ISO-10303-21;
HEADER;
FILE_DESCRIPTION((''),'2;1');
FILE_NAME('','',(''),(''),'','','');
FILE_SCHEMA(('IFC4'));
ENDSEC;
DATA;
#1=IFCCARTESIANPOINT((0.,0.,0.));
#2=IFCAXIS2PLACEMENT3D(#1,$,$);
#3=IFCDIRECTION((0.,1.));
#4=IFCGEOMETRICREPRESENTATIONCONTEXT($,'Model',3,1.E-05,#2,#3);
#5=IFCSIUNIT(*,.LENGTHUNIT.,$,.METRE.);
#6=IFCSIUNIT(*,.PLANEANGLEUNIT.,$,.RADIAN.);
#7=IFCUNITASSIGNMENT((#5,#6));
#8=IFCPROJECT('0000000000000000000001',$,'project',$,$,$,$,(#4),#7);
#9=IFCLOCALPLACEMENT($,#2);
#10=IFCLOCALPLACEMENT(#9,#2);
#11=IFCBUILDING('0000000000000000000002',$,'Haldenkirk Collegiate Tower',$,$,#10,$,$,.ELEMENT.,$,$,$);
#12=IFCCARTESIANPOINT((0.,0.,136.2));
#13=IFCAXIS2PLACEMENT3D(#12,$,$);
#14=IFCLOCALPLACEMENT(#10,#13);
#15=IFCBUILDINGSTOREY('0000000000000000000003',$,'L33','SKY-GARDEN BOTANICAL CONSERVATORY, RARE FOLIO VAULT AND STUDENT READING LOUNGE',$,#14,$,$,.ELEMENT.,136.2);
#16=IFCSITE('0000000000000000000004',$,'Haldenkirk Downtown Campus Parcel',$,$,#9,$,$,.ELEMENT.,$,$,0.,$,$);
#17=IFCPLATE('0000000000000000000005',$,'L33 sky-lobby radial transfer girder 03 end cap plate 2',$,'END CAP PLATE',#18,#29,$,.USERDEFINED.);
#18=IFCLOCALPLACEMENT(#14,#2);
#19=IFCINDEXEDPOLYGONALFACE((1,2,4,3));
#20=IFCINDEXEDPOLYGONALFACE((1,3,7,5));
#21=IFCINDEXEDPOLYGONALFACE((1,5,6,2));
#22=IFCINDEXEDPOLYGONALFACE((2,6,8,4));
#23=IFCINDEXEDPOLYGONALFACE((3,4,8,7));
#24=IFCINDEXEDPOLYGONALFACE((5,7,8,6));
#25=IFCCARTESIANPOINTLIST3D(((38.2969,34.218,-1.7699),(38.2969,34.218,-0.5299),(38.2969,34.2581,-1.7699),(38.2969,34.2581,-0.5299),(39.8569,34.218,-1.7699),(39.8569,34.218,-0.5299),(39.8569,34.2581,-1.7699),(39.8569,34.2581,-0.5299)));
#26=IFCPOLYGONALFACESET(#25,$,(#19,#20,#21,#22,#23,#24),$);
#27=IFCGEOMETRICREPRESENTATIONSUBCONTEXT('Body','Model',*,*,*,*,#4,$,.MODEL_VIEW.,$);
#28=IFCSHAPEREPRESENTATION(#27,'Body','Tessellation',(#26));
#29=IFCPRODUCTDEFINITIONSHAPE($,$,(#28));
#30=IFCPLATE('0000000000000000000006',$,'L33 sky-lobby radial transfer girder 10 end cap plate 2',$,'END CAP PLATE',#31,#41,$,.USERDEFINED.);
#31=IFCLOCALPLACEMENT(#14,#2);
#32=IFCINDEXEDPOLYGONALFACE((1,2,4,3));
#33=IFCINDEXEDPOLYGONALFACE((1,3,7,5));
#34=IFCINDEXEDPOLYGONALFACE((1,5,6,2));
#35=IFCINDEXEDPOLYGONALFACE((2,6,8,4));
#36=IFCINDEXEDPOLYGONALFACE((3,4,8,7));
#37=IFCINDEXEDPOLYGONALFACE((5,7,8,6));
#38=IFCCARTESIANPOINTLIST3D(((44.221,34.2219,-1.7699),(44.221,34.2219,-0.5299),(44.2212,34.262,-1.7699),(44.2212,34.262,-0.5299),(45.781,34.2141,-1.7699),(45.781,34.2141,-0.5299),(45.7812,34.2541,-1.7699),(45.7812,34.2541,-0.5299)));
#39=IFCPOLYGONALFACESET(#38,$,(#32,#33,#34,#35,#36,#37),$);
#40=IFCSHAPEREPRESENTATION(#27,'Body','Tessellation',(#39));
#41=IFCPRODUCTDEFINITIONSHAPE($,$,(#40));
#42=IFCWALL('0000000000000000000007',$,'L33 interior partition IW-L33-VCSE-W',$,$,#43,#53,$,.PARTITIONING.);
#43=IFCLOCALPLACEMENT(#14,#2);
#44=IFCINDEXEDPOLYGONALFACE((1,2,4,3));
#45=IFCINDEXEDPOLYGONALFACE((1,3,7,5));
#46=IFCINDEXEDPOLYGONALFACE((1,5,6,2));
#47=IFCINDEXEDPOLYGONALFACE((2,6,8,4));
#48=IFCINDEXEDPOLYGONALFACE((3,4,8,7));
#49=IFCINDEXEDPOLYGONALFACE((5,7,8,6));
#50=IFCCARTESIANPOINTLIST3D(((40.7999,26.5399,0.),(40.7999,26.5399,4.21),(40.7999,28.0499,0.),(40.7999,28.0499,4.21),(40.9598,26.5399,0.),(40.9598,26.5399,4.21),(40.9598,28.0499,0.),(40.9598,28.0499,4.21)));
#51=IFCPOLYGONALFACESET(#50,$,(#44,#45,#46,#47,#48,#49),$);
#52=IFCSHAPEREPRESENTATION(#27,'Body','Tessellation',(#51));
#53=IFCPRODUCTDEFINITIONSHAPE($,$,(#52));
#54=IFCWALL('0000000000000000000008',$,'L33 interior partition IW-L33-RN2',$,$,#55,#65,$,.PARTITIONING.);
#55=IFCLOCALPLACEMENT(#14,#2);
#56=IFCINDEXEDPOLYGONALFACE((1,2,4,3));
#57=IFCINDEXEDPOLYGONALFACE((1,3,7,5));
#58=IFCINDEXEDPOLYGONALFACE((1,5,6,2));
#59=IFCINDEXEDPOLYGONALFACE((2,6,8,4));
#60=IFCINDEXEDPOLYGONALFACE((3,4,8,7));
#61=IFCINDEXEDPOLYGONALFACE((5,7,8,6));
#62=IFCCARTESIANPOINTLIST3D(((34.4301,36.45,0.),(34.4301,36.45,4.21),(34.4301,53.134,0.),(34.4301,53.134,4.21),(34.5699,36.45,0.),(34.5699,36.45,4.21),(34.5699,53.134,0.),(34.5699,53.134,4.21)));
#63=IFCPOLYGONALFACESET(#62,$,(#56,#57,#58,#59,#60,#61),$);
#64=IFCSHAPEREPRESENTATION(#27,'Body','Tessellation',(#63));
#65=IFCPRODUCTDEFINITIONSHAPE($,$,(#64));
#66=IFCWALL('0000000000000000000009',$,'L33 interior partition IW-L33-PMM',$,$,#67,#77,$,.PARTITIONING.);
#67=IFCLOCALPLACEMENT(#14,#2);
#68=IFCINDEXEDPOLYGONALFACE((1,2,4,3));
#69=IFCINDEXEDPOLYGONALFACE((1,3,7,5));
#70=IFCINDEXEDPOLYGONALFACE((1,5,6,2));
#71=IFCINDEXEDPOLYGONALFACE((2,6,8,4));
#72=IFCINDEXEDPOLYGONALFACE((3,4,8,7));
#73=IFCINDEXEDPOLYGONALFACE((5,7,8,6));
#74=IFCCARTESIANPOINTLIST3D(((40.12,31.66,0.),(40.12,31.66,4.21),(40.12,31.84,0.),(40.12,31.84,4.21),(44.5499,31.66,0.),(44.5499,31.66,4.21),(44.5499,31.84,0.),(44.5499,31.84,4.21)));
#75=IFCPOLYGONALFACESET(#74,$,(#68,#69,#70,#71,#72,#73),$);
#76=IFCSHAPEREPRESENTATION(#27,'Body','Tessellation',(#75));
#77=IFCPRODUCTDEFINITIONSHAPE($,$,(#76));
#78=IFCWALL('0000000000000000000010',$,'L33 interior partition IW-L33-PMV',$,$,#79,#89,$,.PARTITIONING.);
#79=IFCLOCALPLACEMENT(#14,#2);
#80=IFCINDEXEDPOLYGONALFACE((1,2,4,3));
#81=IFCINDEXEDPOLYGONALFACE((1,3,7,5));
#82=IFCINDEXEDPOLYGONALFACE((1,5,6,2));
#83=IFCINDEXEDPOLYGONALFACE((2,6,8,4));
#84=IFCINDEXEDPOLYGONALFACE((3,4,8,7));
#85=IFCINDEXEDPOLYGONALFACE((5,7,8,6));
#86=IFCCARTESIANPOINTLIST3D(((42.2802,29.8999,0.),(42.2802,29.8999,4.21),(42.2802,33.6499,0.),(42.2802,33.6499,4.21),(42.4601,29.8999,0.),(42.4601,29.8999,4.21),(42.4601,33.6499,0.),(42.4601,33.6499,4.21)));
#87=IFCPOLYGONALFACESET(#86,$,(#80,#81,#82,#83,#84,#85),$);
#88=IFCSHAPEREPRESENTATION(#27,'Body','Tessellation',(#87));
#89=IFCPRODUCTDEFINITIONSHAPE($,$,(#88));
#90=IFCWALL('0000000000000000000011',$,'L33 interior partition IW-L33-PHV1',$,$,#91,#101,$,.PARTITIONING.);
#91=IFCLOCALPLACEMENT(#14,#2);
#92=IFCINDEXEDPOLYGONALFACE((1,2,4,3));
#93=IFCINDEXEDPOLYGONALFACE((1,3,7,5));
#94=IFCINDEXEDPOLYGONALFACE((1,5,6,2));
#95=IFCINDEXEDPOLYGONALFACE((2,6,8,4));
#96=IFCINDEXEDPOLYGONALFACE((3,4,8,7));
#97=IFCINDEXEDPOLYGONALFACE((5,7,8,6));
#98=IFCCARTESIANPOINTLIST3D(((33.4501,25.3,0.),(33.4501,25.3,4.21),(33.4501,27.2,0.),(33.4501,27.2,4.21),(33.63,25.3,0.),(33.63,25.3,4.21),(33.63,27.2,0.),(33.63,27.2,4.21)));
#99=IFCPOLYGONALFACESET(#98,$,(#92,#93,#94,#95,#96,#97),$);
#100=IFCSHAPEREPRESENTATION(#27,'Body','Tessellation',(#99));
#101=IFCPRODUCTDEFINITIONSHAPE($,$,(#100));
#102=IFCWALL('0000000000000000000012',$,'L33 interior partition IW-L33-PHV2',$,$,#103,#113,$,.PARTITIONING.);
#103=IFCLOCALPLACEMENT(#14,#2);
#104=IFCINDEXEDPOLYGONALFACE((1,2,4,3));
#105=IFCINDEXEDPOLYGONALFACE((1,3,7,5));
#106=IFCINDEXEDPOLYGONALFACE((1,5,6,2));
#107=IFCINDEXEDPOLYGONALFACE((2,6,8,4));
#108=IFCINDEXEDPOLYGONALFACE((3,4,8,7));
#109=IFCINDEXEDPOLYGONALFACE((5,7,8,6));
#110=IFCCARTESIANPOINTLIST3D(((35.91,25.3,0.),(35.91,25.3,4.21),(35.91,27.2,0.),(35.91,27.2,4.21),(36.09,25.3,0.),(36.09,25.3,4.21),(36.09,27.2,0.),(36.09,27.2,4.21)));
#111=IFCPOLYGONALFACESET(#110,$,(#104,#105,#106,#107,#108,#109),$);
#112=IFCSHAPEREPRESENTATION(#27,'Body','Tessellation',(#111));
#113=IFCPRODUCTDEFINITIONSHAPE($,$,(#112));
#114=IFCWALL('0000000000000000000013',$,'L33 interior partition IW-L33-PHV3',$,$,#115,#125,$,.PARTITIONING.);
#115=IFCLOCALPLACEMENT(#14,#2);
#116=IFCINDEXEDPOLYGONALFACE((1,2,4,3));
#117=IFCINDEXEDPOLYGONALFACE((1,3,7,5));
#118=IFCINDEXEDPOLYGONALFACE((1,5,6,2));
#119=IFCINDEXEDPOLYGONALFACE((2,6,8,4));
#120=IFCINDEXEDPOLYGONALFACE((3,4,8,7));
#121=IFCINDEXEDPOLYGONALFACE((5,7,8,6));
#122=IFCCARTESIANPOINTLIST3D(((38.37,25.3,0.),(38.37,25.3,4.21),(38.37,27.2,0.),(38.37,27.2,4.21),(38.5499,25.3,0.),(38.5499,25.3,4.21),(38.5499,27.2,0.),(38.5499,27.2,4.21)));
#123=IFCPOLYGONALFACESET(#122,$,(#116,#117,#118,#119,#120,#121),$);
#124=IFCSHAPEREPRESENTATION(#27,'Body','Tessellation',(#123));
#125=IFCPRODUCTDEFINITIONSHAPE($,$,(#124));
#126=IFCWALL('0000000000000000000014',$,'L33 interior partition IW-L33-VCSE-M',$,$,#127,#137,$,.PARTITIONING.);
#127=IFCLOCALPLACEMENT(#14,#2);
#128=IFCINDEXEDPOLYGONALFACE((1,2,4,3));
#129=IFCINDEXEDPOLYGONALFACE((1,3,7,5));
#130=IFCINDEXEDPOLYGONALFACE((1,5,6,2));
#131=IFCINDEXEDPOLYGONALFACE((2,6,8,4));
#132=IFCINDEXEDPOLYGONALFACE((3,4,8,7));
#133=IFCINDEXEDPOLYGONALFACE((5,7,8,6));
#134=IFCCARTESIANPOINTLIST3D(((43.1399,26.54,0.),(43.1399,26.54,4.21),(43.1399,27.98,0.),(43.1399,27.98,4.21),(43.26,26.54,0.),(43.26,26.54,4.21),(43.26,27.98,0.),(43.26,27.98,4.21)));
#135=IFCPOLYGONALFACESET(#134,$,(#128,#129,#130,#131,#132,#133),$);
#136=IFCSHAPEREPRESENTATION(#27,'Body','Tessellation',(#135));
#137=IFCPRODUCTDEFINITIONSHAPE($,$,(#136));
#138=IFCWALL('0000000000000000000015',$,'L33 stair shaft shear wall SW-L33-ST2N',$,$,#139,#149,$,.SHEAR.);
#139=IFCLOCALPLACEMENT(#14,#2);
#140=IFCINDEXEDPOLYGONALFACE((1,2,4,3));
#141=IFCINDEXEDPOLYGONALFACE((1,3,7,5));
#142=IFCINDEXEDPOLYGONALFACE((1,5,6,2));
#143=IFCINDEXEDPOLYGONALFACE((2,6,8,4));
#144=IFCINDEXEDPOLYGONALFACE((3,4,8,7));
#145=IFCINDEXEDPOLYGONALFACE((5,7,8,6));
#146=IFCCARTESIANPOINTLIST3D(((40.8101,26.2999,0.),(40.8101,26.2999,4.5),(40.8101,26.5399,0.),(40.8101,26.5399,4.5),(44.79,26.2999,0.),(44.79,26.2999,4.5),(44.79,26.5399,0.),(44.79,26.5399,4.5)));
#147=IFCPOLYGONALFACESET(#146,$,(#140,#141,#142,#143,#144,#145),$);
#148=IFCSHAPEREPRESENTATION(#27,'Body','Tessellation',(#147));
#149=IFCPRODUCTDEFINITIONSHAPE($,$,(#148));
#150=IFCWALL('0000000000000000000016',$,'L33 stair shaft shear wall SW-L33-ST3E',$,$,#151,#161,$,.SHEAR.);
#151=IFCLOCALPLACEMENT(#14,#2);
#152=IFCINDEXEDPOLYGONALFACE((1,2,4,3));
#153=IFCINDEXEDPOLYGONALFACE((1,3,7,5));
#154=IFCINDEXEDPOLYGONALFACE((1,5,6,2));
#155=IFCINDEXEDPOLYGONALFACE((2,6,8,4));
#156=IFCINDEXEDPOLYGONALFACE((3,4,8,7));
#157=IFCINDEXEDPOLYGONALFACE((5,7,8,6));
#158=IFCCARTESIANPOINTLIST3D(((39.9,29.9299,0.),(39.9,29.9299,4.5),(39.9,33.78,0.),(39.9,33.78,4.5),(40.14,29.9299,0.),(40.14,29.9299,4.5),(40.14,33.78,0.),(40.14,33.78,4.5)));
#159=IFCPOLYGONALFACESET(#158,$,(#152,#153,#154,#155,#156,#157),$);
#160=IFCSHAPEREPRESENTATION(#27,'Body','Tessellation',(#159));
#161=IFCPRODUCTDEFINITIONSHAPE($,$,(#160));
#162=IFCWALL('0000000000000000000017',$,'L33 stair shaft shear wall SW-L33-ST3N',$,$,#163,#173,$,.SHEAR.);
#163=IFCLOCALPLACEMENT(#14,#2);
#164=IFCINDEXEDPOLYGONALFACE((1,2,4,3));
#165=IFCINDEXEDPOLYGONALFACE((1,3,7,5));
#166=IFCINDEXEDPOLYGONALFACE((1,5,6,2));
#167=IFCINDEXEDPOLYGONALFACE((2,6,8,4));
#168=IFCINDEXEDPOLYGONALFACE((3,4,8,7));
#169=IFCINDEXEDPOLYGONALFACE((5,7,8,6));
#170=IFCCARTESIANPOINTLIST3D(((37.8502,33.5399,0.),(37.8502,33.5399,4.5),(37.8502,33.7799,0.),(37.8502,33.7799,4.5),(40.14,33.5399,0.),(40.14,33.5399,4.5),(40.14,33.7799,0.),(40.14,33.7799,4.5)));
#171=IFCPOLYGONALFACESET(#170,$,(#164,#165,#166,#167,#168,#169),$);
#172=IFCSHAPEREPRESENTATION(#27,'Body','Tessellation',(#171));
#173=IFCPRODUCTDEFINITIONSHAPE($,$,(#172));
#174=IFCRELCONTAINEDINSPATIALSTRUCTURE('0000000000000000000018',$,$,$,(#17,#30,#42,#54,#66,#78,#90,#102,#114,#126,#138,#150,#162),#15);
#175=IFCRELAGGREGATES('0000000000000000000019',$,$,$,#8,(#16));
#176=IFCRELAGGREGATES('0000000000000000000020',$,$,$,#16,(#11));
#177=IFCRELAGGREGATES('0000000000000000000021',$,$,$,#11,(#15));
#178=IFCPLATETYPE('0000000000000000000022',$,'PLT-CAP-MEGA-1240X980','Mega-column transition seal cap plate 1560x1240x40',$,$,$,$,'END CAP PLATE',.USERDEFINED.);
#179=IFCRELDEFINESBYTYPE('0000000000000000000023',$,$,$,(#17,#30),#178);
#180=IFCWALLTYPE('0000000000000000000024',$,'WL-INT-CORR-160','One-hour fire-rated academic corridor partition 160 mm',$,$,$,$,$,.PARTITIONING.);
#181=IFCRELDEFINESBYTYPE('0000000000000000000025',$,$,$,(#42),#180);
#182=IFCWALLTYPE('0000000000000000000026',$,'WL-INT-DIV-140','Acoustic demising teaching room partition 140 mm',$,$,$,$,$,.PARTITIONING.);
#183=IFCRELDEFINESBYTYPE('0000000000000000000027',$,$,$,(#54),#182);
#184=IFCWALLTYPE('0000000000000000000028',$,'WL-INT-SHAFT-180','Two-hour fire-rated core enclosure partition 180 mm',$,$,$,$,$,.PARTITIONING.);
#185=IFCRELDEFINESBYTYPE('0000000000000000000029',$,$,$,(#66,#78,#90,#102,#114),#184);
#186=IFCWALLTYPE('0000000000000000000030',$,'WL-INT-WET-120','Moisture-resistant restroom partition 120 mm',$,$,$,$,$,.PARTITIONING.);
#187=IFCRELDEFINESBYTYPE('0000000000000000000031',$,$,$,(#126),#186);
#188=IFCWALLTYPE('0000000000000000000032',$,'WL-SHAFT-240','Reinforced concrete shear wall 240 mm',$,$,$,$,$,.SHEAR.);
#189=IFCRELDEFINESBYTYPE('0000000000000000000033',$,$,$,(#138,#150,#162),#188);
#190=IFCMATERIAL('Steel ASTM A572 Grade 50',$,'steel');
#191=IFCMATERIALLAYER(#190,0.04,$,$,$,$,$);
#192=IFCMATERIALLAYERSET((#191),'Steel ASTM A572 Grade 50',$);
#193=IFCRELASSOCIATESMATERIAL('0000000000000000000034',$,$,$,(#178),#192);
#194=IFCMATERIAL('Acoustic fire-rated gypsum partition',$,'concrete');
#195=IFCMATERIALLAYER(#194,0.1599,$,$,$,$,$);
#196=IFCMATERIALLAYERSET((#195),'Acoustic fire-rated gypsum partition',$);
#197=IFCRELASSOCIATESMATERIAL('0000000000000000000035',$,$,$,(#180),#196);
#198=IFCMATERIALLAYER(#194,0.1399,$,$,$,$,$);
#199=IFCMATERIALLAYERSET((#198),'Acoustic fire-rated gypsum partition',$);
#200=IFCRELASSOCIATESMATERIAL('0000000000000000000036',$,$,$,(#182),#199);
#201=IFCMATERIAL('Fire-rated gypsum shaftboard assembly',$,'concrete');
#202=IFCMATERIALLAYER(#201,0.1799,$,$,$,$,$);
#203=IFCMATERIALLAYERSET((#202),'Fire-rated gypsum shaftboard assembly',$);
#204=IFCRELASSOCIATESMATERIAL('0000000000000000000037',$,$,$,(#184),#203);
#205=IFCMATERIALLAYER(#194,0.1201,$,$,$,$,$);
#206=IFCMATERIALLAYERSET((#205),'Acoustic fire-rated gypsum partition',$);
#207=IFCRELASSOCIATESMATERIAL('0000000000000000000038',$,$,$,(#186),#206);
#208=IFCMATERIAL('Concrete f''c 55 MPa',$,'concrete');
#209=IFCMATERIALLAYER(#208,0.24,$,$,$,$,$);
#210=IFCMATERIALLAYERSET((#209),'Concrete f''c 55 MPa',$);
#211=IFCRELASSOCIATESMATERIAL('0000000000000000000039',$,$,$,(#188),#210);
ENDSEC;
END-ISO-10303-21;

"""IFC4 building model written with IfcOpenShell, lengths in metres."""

from ifc_helpers import new_model, si_unit, direction, frame, frame_2d, origin, origin_2d, place, context, subcontext, project, spatial, rectangle, extrude, source, transform, mapped, material, layer, layer_set, type_object, element, save


model = new_model("IFC4")

# Units and contexts
model_context = context("Model", 3, precision=1e-05, world=origin(), true_north=direction((0.0, 1.0)))
body_context = subcontext(model_context, "Body", "Model", "MODEL_VIEW")
ifc_project = project(units=[si_unit("LENGTHUNIT", "METRE"), si_unit("PLANEANGLEUNIT", "RADIAN")], contexts=[model_context])

# Site, building, storey
site_placement = place(None, origin())
site = spatial("IfcSite", under=ifc_project, at=site_placement, Name="Haldenkirk Downtown Campus Parcel", CompositionType="ELEMENT", RefElevation=0.0)
building_placement = place(site_placement, origin())
building = spatial("IfcBuilding", under=site, at=building_placement, Name="Haldenkirk Collegiate Tower", CompositionType="ELEMENT")
storey_placement = place(building_placement, frame((0.0, 0.0, 136.2)))
storey = spatial("IfcBuildingStorey", under=building, at=storey_placement, Name="L33", Description="SKY-GARDEN BOTANICAL CONSERVATORY, RARE FOLIO VAULT AND STUDENT READING LOUNGE", CompositionType="ELEMENT", Elevation=136.2)

# Plates
ifc_material_1 = material(Name="Steel ASTM A572 Grade 50", Category="steel")
ifc_layer_1 = layer(ifc_material_1, 0.04)
ifc_layer_set_1 = layer_set([ifc_layer_1], Name="Steel ASTM A572 Grade 50")
plate_type = type_object("IfcPlateType", Name="PLT-CAP-MEGA-1240X980", Description="Mega-column transition seal cap plate 1560x1240x40", ElementType="END CAP PLATE", PredefinedType="USERDEFINED", material=ifc_layer_set_1)
shared_shape = source(origin(), body_context, "Body", "SweptSolid", [
    extrude(rectangle(XDim=1.5601, YDim=1.24, at=origin_2d()), origin(), (0.0, 0.0, 1.0), 0.04),
])
for number, where, z_axis, x_axis, name in (
    (1, (39.0769, 34.2581, -1.1499), (0.0, -1.0, 0.0), (1.0, 0.0, 0.0), "L33 sky-lobby radial transfer girder 03 end cap plate 2"),
    (2, (45.0012, 34.2581, -1.1499), (-0.005037, -0.999987, 0.0), (0.999987, -0.005037, 0.0), "L33 sky-lobby radial transfer girder 10 end cap plate 2"),
):
    element("IfcPlate", number, at=place(storey_placement, frame(where, z_axis=z_axis, x_axis=x_axis)), inside=storey, type_object=plate_type, Name=name, ObjectType="END CAP PLATE", PredefinedType="USERDEFINED", context=body_context, shape_type="MappedRepresentation", body=[
        mapped(shared_shape, transform((0.0, 0.0, 0.0), x_axis=(1.0, 0.0, 0.0), y_axis=(0.0, 1.0, 0.0), z_axis=(0.0, 0.0, 1.0), scale=1.0)),
    ])

# Shared definitions
ifc_material_2 = material(Name="Acoustic fire-rated gypsum partition", Category="concrete")
ifc_layer_2 = layer(ifc_material_2, 0.1599)
ifc_layer_set_2 = layer_set([ifc_layer_2], Name="Acoustic fire-rated gypsum partition")
wall_type_1 = type_object("IfcWallType", Name="WL-INT-CORR-160", Description="One-hour fire-rated academic corridor partition 160 mm", PredefinedType="PARTITIONING", material=ifc_layer_set_2)

# Walls
wall_1_placement = place(storey_placement, frame((40.8799, 26.54, 0.0), z_axis=(0.0, 0.0, 1.0), x_axis=(0.0, 1.0, 0.0)))
element("IfcWall", 3, at=wall_1_placement, inside=storey, type_object=wall_type_1, Name="L33 interior partition IW-L33-VCSE-W", PredefinedType="PARTITIONING", context=body_context, shape_type="SweptSolid", body=[
    extrude(rectangle(XDim=1.51, YDim=0.1599, at=frame_2d((0.7549, 0.0))), origin(), (0.0, 0.0, 1.0), 4.21),
])
ifc_layer_3 = layer(ifc_material_2, 0.1399)
ifc_layer_set_3 = layer_set([ifc_layer_3], Name="Acoustic fire-rated gypsum partition")
wall_type_2 = type_object("IfcWallType", Name="WL-INT-DIV-140", Description="Acoustic demising teaching room partition 140 mm", PredefinedType="PARTITIONING", material=ifc_layer_set_3)
wall_2_placement = place(storey_placement, frame((34.5, 36.45, 0.0), z_axis=(0.0, 0.0, 1.0), x_axis=(0.0, 1.0, 0.0)))
element("IfcWall", 4, at=wall_2_placement, inside=storey, type_object=wall_type_2, Name="L33 interior partition IW-L33-RN2", PredefinedType="PARTITIONING", context=body_context, shape_type="SweptSolid", body=[
    extrude(rectangle(XDim=16.6841, YDim=0.1399, at=frame_2d((8.342, 0.0))), origin(), (0.0, 0.0, 1.0), 4.21),
])

# Shared definitions
ifc_material_3 = material(Name="Fire-rated gypsum shaftboard assembly", Category="concrete")
ifc_layer_4 = layer(ifc_material_3, 0.1799)
ifc_layer_set_4 = layer_set([ifc_layer_4], Name="Fire-rated gypsum shaftboard assembly")
wall_type_3 = type_object("IfcWallType", Name="WL-INT-SHAFT-180", Description="Two-hour fire-rated core enclosure partition 180 mm", PredefinedType="PARTITIONING", material=ifc_layer_set_4)

# Walls
wall_3_placement = place(storey_placement, frame((40.1201, 31.75, 0.0), z_axis=(0.0, 0.0, 1.0), x_axis=(1.0, 0.0, 0.0)))
element("IfcWall", 5, at=wall_3_placement, inside=storey, type_object=wall_type_3, Name="L33 interior partition IW-L33-PMM", PredefinedType="PARTITIONING", context=body_context, shape_type="SweptSolid", body=[
    extrude(rectangle(XDim=4.4299, YDim=0.1799, at=frame_2d((2.2148, 0.0))), origin(), (0.0, 0.0, 1.0), 4.21),
])
wall_4_placement = place(storey_placement, frame((42.3701, 29.8999, 0.0), z_axis=(0.0, 0.0, 1.0), x_axis=(0.0, 1.0, 0.0)))
element("IfcWall", 6, at=wall_4_placement, inside=storey, type_object=wall_type_3, Name="L33 interior partition IW-L33-PMV", PredefinedType="PARTITIONING", context=body_context, shape_type="SweptSolid", body=[
    extrude(rectangle(XDim=3.75, YDim=0.1799, at=frame_2d((1.875, 0.0))), origin(), (0.0, 0.0, 1.0), 4.21),
])
for number, where, z_axis, x_axis, name in (
    (7, (33.54, 25.3, 0.0), (0.0, 0.0, 1.0), (0.0, 1.0, 0.0), "L33 interior partition IW-L33-PHV1"),
    (8, (36.0, 25.3, 0.0), (0.0, 0.0, 1.0), (0.0, 1.0, 0.0), "L33 interior partition IW-L33-PHV2"),
    (9, (38.46, 25.3, 0.0), (0.0, 0.0, 1.0), (0.0, 1.0, 0.0), "L33 interior partition IW-L33-PHV3"),
):
    element("IfcWall", number, at=place(storey_placement, frame(where, z_axis=z_axis, x_axis=x_axis)), inside=storey, type_object=wall_type_3, Name=name, PredefinedType="PARTITIONING", context=body_context, shape_type="SweptSolid", body=[
        extrude(rectangle(XDim=1.8999, YDim=0.1799, at=frame_2d((0.95, 0.0))), origin(), (0.0, 0.0, 1.0), 4.21),
    ])
ifc_layer_5 = layer(ifc_material_2, 0.1201)
ifc_layer_set_5 = layer_set([ifc_layer_5], Name="Acoustic fire-rated gypsum partition")
wall_type_4 = type_object("IfcWallType", Name="WL-INT-WET-120", Description="Moisture-resistant restroom partition 120 mm", PredefinedType="PARTITIONING", material=ifc_layer_set_5)
wall_5_placement = place(storey_placement, frame((43.2, 26.54, 0.0), z_axis=(0.0, 0.0, 1.0), x_axis=(0.0, 1.0, 0.0)))
element("IfcWall", 10, at=wall_5_placement, inside=storey, type_object=wall_type_4, Name="L33 interior partition IW-L33-VCSE-M", PredefinedType="PARTITIONING", context=body_context, shape_type="SweptSolid", body=[
    extrude(rectangle(XDim=1.4399, YDim=0.1201, at=frame_2d((0.72, 0.0))), origin(), (0.0, 0.0, 1.0), 4.21),
])
ifc_material_4 = material(Name="Concrete f'c 55 MPa", Category="concrete")
ifc_layer_6 = layer(ifc_material_4, 0.24)
ifc_layer_set_6 = layer_set([ifc_layer_6], Name="Concrete f'c 55 MPa")
wall_type_5 = type_object("IfcWallType", Name="WL-SHAFT-240", Description="Reinforced concrete shear wall 240 mm", PredefinedType="SHEAR", material=ifc_layer_set_6)
wall_6_placement = place(storey_placement, frame((40.8101, 26.4199, 0.0), z_axis=(0.0, 0.0, 1.0), x_axis=(1.0, 0.0, 0.0)))
element("IfcWall", 11, at=wall_6_placement, inside=storey, type_object=wall_type_5, Name="L33 stair shaft shear wall SW-L33-ST2N", PredefinedType="SHEAR", context=body_context, shape_type="SweptSolid", body=[
    extrude(rectangle(XDim=3.98, YDim=0.24, at=frame_2d((1.99, 0.0))), origin(), (0.0, 0.0, 1.0), 4.5),
])
wall_7_placement = place(storey_placement, frame((40.02, 29.9299, 0.0), z_axis=(0.0, 0.0, 1.0), x_axis=(0.0, 1.0, 0.0)))
element("IfcWall", 12, at=wall_7_placement, inside=storey, type_object=wall_type_5, Name="L33 stair shaft shear wall SW-L33-ST3E", PredefinedType="SHEAR", context=body_context, shape_type="SweptSolid", body=[
    extrude(rectangle(XDim=3.8501, YDim=0.24, at=frame_2d((1.925, 0.0))), origin(), (0.0, 0.0, 1.0), 4.5),
])
wall_8_placement = place(storey_placement, frame((37.8501, 33.6599, 0.0), z_axis=(0.0, 0.0, 1.0), x_axis=(1.0, 0.0, 0.0)))
element("IfcWall", 13, at=wall_8_placement, inside=storey, type_object=wall_type_5, Name="L33 stair shaft shear wall SW-L33-ST3N", PredefinedType="SHEAR", context=body_context, shape_type="SweptSolid", body=[
    extrude(rectangle(XDim=2.2898, YDim=0.24, at=frame_2d((1.145, 0.0))), origin(), (0.0, 0.0, 1.0), 4.5),
])

save(model, "model.ifc")
